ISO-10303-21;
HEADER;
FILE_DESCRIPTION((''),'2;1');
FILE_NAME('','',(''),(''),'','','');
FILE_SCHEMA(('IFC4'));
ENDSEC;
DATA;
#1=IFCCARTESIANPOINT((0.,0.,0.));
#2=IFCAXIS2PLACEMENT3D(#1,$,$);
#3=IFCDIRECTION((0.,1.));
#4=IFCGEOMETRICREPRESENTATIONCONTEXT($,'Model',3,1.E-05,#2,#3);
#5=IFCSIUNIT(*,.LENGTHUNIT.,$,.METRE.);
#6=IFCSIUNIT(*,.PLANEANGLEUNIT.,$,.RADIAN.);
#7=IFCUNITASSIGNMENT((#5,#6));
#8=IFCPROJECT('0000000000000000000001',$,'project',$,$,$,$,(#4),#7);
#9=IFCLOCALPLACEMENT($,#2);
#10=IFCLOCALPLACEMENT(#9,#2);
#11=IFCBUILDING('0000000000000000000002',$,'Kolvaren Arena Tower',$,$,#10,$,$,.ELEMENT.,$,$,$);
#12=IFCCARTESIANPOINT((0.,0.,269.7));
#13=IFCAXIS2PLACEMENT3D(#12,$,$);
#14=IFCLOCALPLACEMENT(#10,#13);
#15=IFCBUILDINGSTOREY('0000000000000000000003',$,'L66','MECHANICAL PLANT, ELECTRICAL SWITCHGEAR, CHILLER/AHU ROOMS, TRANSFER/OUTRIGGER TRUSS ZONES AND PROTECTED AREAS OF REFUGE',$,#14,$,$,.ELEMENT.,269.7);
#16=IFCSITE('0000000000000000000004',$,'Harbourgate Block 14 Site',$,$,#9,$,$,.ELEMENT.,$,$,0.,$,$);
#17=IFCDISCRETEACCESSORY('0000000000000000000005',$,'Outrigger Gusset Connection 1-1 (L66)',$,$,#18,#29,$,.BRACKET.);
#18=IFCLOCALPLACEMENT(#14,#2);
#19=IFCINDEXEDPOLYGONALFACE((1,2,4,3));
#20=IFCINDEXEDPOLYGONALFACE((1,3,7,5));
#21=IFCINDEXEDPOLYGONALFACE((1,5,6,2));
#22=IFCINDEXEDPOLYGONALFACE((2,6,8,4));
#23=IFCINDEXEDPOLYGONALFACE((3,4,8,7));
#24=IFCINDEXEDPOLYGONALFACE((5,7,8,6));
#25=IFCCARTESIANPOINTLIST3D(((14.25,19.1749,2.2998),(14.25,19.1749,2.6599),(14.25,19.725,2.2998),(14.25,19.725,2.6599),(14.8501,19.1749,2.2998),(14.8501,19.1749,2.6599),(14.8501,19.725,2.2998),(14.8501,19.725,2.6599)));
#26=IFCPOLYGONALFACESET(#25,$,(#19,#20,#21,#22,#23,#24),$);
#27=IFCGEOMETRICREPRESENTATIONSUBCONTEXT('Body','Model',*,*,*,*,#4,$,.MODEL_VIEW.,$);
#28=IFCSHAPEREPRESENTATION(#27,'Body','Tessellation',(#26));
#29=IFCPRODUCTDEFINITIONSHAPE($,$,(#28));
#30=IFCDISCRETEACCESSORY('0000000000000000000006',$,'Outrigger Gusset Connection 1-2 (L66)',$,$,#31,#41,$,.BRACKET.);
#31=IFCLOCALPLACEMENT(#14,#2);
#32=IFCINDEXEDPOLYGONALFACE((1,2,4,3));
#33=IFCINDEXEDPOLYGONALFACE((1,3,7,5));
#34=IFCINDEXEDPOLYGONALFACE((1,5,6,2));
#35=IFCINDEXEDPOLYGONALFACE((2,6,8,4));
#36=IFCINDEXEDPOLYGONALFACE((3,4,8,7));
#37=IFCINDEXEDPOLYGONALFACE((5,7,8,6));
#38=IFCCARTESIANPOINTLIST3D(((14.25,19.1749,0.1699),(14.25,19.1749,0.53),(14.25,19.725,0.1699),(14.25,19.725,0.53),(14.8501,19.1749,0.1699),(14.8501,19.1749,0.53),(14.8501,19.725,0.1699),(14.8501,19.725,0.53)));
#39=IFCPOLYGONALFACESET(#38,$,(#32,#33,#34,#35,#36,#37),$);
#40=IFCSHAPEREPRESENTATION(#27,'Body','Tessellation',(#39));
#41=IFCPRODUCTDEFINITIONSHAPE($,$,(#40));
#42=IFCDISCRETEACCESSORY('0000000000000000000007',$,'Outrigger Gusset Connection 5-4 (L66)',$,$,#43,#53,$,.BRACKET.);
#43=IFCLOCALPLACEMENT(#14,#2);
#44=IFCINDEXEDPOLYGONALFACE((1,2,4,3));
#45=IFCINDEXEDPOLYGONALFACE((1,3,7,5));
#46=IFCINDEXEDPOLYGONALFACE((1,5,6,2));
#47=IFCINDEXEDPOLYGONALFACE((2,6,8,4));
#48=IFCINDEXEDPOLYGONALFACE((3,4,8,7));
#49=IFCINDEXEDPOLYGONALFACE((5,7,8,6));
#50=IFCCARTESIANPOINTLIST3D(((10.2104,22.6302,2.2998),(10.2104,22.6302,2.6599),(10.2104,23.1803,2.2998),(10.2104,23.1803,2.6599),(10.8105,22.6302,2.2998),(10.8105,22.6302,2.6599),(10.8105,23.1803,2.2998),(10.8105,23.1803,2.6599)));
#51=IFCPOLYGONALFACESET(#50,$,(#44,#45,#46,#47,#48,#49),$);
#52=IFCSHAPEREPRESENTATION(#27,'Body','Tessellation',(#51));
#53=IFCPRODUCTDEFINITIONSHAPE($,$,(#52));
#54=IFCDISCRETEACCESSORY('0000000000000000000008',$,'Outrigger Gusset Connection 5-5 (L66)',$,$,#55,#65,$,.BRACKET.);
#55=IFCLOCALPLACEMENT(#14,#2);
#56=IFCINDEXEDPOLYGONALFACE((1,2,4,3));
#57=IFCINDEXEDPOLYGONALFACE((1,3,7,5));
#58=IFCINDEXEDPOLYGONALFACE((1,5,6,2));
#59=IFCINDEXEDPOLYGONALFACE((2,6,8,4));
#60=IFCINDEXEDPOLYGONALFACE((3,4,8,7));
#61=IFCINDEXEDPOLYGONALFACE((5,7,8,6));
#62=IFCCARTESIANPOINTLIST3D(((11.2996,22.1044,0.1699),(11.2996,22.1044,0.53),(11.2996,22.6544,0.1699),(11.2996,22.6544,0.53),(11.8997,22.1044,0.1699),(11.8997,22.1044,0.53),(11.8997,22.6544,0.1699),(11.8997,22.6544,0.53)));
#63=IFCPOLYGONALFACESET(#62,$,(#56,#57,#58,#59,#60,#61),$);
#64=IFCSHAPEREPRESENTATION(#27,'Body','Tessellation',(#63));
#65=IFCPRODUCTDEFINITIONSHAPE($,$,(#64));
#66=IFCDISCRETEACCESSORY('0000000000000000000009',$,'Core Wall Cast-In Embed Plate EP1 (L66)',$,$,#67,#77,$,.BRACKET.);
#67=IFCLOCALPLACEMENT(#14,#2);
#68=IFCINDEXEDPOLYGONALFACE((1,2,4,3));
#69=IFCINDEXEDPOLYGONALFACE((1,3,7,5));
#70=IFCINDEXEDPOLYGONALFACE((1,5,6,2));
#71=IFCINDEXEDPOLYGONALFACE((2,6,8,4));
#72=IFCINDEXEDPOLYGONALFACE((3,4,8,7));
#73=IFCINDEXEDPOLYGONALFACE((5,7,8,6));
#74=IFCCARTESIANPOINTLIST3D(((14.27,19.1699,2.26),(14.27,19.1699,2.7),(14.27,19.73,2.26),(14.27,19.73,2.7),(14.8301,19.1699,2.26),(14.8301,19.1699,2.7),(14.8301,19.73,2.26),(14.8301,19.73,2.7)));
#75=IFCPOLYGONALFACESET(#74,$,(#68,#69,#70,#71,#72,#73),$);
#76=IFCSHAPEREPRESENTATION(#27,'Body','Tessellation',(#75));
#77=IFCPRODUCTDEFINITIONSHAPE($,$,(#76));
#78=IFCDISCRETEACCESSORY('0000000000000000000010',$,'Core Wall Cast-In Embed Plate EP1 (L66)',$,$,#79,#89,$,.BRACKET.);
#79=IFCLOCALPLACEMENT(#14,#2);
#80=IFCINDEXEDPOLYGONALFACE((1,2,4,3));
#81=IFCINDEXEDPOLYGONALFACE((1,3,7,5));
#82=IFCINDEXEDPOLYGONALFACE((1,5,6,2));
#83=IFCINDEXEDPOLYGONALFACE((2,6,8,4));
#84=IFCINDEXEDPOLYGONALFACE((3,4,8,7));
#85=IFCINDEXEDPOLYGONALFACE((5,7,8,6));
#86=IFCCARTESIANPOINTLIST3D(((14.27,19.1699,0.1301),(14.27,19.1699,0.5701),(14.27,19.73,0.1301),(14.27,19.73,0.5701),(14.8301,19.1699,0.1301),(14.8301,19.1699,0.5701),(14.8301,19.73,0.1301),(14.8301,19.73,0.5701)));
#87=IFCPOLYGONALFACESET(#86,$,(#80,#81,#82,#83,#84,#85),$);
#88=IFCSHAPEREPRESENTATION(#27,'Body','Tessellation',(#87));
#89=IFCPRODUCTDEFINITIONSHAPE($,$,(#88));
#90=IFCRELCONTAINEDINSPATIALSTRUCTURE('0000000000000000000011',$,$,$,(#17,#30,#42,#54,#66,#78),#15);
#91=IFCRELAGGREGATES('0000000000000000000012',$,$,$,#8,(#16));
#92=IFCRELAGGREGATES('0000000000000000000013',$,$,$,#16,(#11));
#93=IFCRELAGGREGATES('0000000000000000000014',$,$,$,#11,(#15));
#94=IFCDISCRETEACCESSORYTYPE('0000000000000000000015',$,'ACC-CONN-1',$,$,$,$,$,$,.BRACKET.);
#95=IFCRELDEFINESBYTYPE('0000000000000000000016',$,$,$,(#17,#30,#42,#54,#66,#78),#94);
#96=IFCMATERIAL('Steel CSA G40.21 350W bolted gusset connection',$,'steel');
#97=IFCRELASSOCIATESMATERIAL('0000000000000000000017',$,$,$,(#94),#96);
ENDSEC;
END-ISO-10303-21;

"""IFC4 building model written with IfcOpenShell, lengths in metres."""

from ifc_helpers import new_model, si_unit, direction, frame, origin, origin_2d, place, context, subcontext, project, spatial, rectangle, extrude, material, type_object, element, save


model = new_model("IFC4")

# Units and contexts
model_context = context("Model", 3, precision=1e-05, world=origin(), true_north=direction((0.0, 1.0)))
body_context = subcontext(model_context, "Body", "Model", "MODEL_VIEW")
ifc_project = project(units=[si_unit("LENGTHUNIT", "METRE"), si_unit("PLANEANGLEUNIT", "RADIAN")], contexts=[model_context])

# Site, building, storey
site_placement = place(None, origin())
site = spatial("IfcSite", under=ifc_project, at=site_placement, Name="Harbourgate Block 14 Site", CompositionType="ELEMENT", RefElevation=0.0)
building_placement = place(site_placement, origin())
building = spatial("IfcBuilding", under=site, at=building_placement, Name="Kolvaren Arena Tower", CompositionType="ELEMENT")
storey_placement = place(building_placement, frame((0.0, 0.0, 269.7)))
storey = spatial("IfcBuildingStorey", under=building, at=storey_placement, Name="L66", Description="MECHANICAL PLANT, ELECTRICAL SWITCHGEAR, CHILLER/AHU ROOMS, TRANSFER/OUTRIGGER TRUSS ZONES AND PROTECTED AREAS OF REFUGE", CompositionType="ELEMENT", Elevation=269.7)

# Discrete accessories
ifc_material_1 = material(Name="Steel CSA G40.21 350W bolted gusset connection", Category="steel")
discrete_accessory_type = type_object("IfcDiscreteAccessoryType", Name="ACC-CONN-1", PredefinedType="BRACKET", material=ifc_material_1)
for number, where, z_axis, x_axis, name in (
    (1, (14.55, 19.45, 2.2998), (0.0, 0.0, 1.0), (1.0, 0.0, 0.0), "Outrigger Gusset Connection 1-1 (L66)"),
    (2, (14.55, 19.45, 0.1699), (0.0, 0.0, 1.0), (1.0, 0.0, 0.0), "Outrigger Gusset Connection 1-2 (L66)"),
    (3, (10.5105, 22.9053, 2.2998), (0.0, 0.0, 1.0), (1.0, 0.0, 0.0), "Outrigger Gusset Connection 5-4 (L66)"),
    (4, (11.5996, 22.3794, 0.1699), (0.0, 0.0, 1.0), (1.0, 0.0, 0.0), "Outrigger Gusset Connection 5-5 (L66)"),
):
    element("IfcDiscreteAccessory", number, at=place(storey_placement, frame(where, z_axis=z_axis, x_axis=x_axis)), inside=storey, type_object=discrete_accessory_type, Name=name, PredefinedType="BRACKET", context=body_context, shape_type="SweptSolid", body=[
        extrude(rectangle(XDim=0.6001, YDim=0.55, at=origin_2d()), origin(), (0.0, 0.0, 1.0), 0.3601),
    ])
for number, where, z_axis, x_axis, name in (
    (5, (14.55, 19.45, 2.26), (0.0, 0.0, 1.0), (1.0, 0.0, 0.0), "Core Wall Cast-In Embed Plate EP1 (L66)"),
    (6, (14.55, 19.45, 0.1301), (0.0, 0.0, 1.0), (1.0, 0.0, 0.0), "Core Wall Cast-In Embed Plate EP1 (L66)"),
):
    element("IfcDiscreteAccessory", number, at=place(storey_placement, frame(where, z_axis=z_axis, x_axis=x_axis)), inside=storey, type_object=discrete_accessory_type, Name=name, PredefinedType="BRACKET", context=body_context, shape_type="SweptSolid", body=[
        extrude(rectangle(XDim=0.5601, YDim=0.5601, at=origin_2d()), origin(), (0.0, 0.0, 1.0), 0.4399),
    ])

save(model, "model.ifc")
